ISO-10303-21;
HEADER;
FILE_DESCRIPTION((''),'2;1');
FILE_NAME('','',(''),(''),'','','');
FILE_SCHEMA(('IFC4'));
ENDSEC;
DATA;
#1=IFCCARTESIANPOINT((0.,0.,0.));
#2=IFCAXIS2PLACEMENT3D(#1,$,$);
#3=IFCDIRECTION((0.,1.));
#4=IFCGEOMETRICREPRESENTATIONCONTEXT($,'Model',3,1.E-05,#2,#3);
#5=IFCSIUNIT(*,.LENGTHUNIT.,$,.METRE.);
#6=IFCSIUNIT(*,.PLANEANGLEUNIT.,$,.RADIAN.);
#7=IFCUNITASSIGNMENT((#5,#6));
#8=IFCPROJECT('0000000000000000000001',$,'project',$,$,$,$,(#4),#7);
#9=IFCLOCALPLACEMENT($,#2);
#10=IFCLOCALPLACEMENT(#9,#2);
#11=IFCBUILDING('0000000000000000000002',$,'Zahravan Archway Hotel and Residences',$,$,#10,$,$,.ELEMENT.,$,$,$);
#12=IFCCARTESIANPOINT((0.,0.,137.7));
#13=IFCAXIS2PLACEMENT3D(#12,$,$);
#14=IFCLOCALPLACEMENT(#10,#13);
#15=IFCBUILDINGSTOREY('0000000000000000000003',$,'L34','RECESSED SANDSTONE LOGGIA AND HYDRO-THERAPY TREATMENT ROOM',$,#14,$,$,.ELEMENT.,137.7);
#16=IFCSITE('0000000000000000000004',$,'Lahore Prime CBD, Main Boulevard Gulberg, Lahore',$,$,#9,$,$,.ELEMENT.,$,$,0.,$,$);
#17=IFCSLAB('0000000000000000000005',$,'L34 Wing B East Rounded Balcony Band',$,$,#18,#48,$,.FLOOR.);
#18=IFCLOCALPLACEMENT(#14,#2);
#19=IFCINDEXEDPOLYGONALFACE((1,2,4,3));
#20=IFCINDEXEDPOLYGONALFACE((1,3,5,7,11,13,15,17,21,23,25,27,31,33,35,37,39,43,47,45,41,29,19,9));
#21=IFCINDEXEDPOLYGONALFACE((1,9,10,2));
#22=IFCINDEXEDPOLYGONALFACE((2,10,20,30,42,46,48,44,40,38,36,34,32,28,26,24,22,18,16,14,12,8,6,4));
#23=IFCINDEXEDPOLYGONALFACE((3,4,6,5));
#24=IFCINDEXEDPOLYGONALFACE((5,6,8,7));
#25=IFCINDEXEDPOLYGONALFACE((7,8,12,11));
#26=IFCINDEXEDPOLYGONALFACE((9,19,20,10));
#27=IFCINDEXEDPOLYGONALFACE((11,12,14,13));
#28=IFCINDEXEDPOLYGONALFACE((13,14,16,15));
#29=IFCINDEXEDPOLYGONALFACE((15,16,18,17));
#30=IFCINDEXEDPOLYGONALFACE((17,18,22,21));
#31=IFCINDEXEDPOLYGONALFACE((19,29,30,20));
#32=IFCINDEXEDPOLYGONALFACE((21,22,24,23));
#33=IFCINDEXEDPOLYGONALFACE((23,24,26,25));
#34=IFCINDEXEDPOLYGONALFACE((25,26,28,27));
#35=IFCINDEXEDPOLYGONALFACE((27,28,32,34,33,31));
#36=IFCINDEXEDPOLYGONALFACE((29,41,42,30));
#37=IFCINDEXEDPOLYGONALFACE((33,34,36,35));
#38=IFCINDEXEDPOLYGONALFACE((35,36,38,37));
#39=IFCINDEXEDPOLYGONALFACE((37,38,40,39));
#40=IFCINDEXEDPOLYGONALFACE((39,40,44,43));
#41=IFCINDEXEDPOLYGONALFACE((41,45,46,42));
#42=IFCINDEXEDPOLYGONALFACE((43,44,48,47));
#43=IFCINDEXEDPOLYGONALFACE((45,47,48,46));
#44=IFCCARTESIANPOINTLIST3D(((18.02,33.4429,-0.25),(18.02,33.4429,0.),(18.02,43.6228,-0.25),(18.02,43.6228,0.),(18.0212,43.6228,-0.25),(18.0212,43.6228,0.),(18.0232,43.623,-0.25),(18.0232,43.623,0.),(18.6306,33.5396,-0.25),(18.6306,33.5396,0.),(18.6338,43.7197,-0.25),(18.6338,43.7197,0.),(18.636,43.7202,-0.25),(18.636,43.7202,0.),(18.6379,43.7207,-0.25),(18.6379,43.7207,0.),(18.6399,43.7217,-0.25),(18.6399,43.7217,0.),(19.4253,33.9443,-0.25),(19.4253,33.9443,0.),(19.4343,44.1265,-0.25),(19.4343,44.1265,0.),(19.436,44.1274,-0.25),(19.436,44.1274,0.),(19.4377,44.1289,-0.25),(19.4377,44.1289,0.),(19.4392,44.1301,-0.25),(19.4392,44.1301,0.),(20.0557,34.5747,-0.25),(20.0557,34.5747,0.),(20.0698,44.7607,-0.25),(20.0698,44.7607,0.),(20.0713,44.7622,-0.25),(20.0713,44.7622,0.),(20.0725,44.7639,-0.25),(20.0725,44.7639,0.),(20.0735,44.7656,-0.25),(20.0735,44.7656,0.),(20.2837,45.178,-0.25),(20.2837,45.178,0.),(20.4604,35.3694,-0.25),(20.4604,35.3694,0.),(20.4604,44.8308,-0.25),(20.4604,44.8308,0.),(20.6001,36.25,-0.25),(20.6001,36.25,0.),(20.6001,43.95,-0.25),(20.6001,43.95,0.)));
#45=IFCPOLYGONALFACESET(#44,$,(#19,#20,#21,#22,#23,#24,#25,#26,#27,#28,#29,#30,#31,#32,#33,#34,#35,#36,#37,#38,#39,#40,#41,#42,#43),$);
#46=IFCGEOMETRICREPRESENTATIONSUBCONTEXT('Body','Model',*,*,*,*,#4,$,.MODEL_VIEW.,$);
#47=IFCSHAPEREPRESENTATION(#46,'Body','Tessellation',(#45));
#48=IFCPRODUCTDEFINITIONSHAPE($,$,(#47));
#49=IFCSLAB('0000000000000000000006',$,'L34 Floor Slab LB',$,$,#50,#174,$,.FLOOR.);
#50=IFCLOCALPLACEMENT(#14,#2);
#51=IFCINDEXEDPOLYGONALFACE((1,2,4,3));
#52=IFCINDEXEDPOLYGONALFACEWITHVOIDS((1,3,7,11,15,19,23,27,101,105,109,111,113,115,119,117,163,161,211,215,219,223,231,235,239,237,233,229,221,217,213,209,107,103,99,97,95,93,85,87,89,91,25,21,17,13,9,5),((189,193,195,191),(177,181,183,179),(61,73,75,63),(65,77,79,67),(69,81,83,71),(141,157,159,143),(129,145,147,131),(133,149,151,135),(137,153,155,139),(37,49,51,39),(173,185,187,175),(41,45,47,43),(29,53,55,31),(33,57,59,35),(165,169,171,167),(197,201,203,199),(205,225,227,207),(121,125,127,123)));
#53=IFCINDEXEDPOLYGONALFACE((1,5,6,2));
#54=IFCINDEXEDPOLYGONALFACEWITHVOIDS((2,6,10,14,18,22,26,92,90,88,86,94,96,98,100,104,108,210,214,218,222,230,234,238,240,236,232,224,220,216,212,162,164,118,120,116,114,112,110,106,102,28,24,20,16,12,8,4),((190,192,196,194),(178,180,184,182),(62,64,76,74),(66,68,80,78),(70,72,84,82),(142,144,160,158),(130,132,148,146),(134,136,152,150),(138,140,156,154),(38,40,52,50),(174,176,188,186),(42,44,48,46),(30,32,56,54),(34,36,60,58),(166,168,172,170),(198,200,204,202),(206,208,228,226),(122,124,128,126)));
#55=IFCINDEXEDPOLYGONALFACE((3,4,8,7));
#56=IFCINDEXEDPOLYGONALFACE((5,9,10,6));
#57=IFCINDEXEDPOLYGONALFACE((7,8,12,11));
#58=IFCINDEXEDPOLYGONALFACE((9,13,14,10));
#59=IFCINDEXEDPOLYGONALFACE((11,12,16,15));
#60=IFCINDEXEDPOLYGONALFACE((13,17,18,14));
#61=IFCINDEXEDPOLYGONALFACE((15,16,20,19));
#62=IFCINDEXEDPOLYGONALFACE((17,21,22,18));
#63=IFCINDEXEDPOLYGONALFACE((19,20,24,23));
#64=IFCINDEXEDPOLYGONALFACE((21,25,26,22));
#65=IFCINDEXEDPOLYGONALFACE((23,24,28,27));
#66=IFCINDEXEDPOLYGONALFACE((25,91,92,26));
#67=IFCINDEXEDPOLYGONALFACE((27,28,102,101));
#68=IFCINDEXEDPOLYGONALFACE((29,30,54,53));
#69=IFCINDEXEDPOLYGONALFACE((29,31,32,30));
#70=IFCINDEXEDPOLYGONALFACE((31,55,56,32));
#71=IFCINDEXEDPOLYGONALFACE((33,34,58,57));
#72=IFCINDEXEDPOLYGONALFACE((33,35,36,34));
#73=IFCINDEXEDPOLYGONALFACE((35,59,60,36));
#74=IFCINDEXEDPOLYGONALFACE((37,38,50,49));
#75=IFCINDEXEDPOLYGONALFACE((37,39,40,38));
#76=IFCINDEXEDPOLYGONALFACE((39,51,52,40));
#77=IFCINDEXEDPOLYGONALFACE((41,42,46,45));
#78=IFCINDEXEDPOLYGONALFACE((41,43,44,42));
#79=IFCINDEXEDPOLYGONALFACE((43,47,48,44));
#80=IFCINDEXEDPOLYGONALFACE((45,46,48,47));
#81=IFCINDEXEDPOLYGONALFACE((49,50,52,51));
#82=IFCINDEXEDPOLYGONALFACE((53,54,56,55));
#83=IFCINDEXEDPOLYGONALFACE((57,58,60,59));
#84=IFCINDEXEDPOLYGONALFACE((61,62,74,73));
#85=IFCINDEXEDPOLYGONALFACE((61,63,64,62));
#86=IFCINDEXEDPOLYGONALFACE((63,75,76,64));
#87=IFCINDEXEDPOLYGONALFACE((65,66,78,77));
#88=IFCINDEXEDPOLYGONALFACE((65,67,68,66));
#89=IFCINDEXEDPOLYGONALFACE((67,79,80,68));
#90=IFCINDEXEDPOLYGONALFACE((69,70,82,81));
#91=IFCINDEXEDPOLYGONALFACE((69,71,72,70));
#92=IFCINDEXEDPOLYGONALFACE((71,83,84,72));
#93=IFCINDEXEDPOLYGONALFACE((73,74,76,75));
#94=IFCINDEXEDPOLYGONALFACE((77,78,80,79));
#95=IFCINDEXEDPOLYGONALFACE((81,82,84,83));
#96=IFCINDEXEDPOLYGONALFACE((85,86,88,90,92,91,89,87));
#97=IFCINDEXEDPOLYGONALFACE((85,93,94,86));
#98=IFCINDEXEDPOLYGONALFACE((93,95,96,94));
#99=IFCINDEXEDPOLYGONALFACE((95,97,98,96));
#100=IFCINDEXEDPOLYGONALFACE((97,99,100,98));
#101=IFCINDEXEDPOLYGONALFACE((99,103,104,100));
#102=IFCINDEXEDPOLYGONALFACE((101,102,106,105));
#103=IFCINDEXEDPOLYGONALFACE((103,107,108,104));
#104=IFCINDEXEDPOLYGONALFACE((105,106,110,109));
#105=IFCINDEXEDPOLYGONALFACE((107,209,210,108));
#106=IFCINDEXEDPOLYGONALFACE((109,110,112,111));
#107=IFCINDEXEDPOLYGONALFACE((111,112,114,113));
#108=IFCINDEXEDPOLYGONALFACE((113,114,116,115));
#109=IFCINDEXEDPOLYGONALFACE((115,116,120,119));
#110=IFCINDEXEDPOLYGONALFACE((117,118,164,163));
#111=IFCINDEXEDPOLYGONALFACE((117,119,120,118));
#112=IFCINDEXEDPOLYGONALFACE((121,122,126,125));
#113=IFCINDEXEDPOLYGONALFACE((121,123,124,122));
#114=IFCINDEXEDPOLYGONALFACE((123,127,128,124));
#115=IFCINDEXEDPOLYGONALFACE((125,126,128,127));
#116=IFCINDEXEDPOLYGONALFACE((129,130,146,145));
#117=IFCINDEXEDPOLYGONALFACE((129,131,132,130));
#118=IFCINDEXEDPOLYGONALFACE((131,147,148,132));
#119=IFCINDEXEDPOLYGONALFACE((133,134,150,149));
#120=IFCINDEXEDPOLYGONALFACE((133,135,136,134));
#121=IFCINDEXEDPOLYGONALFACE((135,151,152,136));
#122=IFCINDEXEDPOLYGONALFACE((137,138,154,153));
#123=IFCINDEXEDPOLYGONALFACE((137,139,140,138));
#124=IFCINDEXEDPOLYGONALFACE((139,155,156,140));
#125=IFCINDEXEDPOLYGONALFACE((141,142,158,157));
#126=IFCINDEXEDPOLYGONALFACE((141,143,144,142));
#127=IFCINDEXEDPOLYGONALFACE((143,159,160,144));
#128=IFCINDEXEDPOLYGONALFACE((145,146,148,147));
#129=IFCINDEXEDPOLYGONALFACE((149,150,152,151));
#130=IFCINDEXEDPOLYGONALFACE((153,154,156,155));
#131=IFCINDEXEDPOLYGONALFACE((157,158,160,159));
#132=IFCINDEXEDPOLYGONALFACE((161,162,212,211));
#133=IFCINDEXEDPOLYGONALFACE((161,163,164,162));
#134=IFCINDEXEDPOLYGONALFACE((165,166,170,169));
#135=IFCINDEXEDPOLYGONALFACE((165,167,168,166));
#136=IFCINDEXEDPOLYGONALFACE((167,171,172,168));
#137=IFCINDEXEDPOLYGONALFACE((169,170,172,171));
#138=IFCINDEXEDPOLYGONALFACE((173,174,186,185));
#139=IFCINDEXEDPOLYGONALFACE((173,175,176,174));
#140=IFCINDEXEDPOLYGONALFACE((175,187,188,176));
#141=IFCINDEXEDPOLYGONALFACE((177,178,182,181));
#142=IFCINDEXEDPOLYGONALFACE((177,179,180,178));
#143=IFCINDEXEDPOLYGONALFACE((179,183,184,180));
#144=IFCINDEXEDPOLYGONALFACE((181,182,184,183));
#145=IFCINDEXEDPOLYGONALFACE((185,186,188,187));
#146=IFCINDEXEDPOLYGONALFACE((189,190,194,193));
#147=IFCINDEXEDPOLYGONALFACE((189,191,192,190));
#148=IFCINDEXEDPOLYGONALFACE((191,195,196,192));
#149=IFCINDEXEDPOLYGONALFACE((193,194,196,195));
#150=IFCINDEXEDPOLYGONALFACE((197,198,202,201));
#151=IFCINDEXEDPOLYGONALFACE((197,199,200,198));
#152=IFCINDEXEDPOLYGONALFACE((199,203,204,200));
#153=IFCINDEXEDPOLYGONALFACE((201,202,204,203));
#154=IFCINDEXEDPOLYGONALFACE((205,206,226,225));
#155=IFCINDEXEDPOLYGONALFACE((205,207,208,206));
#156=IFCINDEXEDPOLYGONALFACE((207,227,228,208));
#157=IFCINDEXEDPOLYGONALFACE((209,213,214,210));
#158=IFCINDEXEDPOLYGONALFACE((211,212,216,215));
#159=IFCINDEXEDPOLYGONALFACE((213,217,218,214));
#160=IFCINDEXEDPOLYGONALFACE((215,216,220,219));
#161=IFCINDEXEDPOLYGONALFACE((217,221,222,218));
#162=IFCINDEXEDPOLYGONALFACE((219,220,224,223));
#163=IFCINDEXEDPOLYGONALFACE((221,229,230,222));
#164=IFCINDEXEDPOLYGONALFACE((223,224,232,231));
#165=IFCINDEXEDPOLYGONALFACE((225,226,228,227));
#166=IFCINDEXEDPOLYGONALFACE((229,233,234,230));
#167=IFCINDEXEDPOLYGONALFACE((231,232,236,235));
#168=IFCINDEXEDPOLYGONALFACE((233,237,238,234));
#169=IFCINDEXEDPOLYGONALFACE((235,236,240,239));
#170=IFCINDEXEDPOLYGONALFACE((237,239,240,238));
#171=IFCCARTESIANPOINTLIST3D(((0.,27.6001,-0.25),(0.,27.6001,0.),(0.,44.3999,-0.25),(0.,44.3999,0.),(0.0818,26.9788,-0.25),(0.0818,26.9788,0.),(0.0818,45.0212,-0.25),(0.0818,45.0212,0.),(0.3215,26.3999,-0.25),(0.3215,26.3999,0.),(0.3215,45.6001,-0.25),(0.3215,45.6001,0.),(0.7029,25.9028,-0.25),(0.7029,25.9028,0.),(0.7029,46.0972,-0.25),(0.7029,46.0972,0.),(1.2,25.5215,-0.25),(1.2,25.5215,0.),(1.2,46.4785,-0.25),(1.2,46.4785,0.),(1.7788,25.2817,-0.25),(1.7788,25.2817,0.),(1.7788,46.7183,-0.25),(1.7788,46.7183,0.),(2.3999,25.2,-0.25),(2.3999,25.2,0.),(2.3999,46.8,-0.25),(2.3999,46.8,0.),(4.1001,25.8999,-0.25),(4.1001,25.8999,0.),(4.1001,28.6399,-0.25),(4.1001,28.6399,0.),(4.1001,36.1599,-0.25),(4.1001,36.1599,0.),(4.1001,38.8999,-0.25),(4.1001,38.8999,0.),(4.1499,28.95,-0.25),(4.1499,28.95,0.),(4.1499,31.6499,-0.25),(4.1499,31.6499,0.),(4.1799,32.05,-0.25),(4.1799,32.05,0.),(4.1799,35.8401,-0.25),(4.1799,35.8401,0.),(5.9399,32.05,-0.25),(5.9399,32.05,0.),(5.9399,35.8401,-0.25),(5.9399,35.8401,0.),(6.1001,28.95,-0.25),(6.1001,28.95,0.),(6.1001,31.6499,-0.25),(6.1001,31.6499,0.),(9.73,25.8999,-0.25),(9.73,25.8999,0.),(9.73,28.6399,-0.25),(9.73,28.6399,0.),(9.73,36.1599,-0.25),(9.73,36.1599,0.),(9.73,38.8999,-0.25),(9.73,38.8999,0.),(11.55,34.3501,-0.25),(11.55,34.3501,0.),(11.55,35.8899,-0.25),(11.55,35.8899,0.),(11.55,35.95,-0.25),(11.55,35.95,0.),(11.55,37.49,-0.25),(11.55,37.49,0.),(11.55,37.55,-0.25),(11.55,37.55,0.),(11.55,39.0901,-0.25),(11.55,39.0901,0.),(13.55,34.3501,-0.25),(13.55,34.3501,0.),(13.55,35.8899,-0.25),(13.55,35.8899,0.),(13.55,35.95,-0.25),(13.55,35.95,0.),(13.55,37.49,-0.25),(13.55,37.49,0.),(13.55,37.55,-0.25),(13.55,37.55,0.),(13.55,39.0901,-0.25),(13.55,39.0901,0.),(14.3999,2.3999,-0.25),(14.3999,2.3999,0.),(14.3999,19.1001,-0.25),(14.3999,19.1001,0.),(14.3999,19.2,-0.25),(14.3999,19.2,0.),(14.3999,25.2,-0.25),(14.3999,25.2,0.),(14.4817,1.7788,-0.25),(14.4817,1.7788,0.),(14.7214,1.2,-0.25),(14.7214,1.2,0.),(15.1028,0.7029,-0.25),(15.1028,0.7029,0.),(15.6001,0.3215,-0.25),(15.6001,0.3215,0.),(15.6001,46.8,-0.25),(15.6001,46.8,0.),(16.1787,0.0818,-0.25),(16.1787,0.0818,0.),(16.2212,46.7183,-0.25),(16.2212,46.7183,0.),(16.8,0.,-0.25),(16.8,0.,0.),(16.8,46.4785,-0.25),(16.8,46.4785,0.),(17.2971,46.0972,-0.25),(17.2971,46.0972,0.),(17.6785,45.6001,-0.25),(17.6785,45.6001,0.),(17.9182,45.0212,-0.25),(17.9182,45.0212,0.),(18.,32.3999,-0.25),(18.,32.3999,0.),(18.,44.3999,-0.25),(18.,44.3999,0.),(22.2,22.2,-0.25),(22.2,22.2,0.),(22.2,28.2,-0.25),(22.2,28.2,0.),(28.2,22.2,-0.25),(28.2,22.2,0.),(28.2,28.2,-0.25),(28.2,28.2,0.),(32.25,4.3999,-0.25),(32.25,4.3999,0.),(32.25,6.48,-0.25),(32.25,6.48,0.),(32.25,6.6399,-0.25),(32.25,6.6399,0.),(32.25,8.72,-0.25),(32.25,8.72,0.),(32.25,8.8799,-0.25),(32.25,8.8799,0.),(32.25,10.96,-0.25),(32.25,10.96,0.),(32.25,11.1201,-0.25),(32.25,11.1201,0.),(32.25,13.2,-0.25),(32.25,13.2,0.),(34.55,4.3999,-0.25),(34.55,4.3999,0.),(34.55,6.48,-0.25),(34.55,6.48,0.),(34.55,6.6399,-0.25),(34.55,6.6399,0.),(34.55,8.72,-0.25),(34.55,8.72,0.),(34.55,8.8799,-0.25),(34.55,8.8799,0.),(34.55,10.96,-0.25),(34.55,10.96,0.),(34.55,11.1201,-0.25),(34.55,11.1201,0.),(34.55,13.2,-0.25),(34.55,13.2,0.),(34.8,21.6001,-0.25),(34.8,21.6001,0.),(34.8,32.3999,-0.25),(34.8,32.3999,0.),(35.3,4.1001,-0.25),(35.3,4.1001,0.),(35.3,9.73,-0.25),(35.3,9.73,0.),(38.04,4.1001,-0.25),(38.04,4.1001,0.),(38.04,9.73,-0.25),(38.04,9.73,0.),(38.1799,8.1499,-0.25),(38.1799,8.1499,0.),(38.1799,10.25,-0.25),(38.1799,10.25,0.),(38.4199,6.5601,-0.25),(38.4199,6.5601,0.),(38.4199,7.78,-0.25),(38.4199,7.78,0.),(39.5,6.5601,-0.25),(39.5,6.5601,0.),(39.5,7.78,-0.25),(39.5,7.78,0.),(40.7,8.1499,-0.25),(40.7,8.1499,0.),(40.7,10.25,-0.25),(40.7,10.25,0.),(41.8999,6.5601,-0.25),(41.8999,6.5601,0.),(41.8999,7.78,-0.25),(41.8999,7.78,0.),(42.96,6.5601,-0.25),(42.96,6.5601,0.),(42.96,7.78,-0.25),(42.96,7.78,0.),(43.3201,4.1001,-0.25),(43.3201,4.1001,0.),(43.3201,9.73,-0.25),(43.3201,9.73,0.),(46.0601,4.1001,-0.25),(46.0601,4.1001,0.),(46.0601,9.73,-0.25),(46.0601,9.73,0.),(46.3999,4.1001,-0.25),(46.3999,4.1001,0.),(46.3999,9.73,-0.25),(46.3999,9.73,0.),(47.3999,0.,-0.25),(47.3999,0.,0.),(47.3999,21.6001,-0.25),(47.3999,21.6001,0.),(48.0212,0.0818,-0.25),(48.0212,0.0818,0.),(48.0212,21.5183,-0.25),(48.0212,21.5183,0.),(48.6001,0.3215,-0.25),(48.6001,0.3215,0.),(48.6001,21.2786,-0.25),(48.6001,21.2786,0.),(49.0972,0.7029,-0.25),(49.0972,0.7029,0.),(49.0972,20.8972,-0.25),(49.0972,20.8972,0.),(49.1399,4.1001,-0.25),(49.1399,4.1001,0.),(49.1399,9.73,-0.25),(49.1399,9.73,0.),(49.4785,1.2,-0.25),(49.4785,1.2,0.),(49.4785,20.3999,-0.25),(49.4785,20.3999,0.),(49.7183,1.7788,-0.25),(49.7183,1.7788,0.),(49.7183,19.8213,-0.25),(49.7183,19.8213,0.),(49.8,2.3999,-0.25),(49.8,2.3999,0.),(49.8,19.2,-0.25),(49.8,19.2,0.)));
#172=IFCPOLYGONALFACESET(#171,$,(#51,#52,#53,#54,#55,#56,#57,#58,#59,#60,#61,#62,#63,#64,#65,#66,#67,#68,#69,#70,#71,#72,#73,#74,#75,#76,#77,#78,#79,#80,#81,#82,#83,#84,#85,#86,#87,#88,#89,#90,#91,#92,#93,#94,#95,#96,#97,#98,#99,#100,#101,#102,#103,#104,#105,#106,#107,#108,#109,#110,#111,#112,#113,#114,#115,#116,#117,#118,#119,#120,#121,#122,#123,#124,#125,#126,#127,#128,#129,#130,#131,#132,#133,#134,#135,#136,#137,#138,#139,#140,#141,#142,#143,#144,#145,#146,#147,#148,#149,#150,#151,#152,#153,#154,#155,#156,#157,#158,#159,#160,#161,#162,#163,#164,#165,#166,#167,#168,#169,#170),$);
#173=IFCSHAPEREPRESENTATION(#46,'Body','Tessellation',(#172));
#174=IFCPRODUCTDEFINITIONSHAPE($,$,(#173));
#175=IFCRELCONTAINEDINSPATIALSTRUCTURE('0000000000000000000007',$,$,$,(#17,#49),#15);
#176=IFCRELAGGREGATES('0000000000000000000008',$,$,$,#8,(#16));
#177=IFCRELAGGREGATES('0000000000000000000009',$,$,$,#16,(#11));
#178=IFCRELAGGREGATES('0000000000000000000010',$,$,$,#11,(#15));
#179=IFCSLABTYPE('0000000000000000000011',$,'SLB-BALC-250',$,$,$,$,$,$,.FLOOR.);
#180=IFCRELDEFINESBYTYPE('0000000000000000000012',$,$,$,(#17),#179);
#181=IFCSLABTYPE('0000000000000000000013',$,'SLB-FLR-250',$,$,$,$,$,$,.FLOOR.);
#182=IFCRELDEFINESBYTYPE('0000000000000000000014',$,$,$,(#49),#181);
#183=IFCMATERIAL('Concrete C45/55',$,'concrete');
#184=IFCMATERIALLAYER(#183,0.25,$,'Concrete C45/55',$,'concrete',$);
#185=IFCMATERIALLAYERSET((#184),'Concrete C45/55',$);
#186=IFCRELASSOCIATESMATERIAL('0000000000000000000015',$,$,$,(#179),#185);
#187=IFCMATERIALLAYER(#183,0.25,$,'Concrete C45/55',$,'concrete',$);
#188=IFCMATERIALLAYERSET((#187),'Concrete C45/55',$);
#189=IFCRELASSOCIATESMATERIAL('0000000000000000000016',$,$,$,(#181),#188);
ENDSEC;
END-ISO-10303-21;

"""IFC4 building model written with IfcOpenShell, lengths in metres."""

from ifc_helpers import new_model, si_unit, direction, frame, origin, place, context, subcontext, project, spatial, polyline, outline, extrude, material, layer, layer_set, type_object, element, save


model = new_model("IFC4")

# Units and contexts
model_context = context("Model", 3, precision=1e-05, world=origin(), true_north=direction((0.0, 1.0)))
body_context = subcontext(model_context, "Body", "Model", "MODEL_VIEW")
ifc_project = project(units=[si_unit("LENGTHUNIT", "METRE"), si_unit("PLANEANGLEUNIT", "RADIAN")], contexts=[model_context])

# Site, building, storey
site_placement = place(None, origin())
site = spatial("IfcSite", under=ifc_project, at=site_placement, Name="Lahore Prime CBD, Main Boulevard Gulberg, Lahore", CompositionType="ELEMENT", RefElevation=0.0)
building_placement = place(site_placement, origin())
building = spatial("IfcBuilding", under=site, at=building_placement, Name="Zahravan Archway Hotel and Residences", CompositionType="ELEMENT")
storey_placement = place(building_placement, frame((0.0, 0.0, 137.7)))
storey = spatial("IfcBuildingStorey", under=building, at=storey_placement, Name="L34", Description="RECESSED SANDSTONE LOGGIA AND HYDRO-THERAPY TREATMENT ROOM", CompositionType="ELEMENT", Elevation=137.7)

# Slabs
ifc_material_1 = material(Name="Concrete C45/55", Category="concrete")
ifc_layer_1 = layer(ifc_material_1, 0.25, Name="Concrete C45/55", Category="concrete")
ifc_layer_set_1 = layer_set([ifc_layer_1], Name="Concrete C45/55")
slab_type_1 = type_object("IfcSlabType", Name="SLB-BALC-250", PredefinedType="FLOOR", material=ifc_layer_set_1)
slab_1_placement = place(storey_placement, frame((0.0, 0.0, -0.25)))
element("IfcSlab", 1, at=slab_1_placement, inside=storey, type_object=slab_type_1, Name="L34 Wing B East Rounded Balcony Band", PredefinedType="FLOOR", context=body_context, shape_type="SweptSolid", body=[
    extrude(outline(polyline([(20.4604, 44.8308), (20.6001, 43.95), (20.6001, 36.25), (20.4604, 35.3694), (20.0557, 34.5747), (19.4253, 33.9443), (18.6306, 33.5396), (18.02, 33.4429), (18.02, 43.6228), (18.0212, 43.6228), (18.0232, 43.623), (18.6338, 43.7197), (18.636, 43.7202), (18.6379, 43.7207), (18.6399, 43.7217), (19.4343, 44.1265), (19.436, 44.1274), (19.4377, 44.1289), (19.4392, 44.1301), (20.0698, 44.7607), (20.0713, 44.7622), (20.0725, 44.7639), (20.0735, 44.7656), (20.2837, 45.178), (20.4604, 44.8308)])), origin(), (0.0, 0.0, 1.0), 0.25),
])
ifc_layer_2 = layer(ifc_material_1, 0.25, Name="Concrete C45/55", Category="concrete")
ifc_layer_set_2 = layer_set([ifc_layer_2], Name="Concrete C45/55")
slab_type_2 = type_object("IfcSlabType", Name="SLB-FLR-250", PredefinedType="FLOOR", material=ifc_layer_set_2)
slab_2_placement = place(storey_placement, frame((0.0, 0.0, -0.25)))
element("IfcSlab", 2, at=slab_2_placement, inside=storey, type_object=slab_type_2, Name="L34 Floor Slab LB", PredefinedType="FLOOR", context=body_context, shape_type="SweptSolid", body=[
    extrude(outline(polyline([(34.8, 21.6001), (34.8, 32.3999), (18.0, 32.3999), (18.0, 44.3999), (17.9182, 45.0212), (17.6785, 45.6001), (17.2971, 46.0972), (16.8, 46.4785), (16.2212, 46.7183), (15.6001, 46.8), (2.3999, 46.8), (1.7788, 46.7183), (1.2, 46.4785), (0.7029, 46.0972), (0.3215, 45.6001), (0.0818, 45.0212), (0.0, 44.3999), (0.0, 27.6001), (0.0818, 26.9788), (0.3215, 26.3999), (0.7029, 25.9028), (1.2, 25.5215), (1.7788, 25.2817), (2.3999, 25.2), (14.3999, 25.2), (14.3999, 19.2), (14.3999, 19.1001), (14.3999, 2.3999), (14.4817, 1.7788), (14.7214, 1.2), (15.1028, 0.7029), (15.6001, 0.3215), (16.1787, 0.0818), (16.8, 0.0), (47.3999, 0.0), (48.0212, 0.0818), (48.6001, 0.3215), (49.0972, 0.7029), (49.4785, 1.2), (49.7183, 1.7788), (49.8, 2.3999), (49.8, 19.2), (49.7183, 19.8213), (49.4785, 20.3999), (49.0972, 20.8972), (48.6001, 21.2786), (48.0212, 21.5183), (47.3999, 21.6001), (34.8, 21.6001)]), holes=[polyline([(35.3, 9.73), (35.3, 4.1001), (38.04, 4.1001), (38.04, 9.73), (35.3, 9.73)]), polyline([(43.3201, 9.73), (43.3201, 4.1001), (46.0601, 4.1001), (46.0601, 9.73), (43.3201, 9.73)]), polyline([(46.3999, 9.73), (46.3999, 4.1001), (49.1399, 4.1001), (49.1399, 9.73), (46.3999, 9.73)]), polyline([(9.73, 28.6399), (4.1001, 28.6399), (4.1001, 25.8999), (9.73, 25.8999), (9.73, 28.6399)]), polyline([(9.73, 38.8999), (4.1001, 38.8999), (4.1001, 36.1599), (9.73, 36.1599), (9.73, 38.8999)]), polyline([(38.1799, 8.1499), (40.7, 8.1499), (40.7, 10.25), (38.1799, 10.25), (38.1799, 8.1499)]), polyline([(4.1499, 28.95), (6.1001, 28.95), (6.1001, 31.6499), (4.1499, 31.6499), (4.1499, 28.95)]), polyline([(11.55, 34.3501), (13.55, 34.3501), (13.55, 35.8899), (11.55, 35.8899), (11.55, 34.3501)]), polyline([(11.55, 35.95), (13.55, 35.95), (13.55, 37.49), (11.55, 37.49), (11.55, 35.95)]), polyline([(11.55, 37.55), (13.55, 37.55), (13.55, 39.0901), (11.55, 39.0901), (11.55, 37.55)]), polyline([(32.25, 4.3999), (34.55, 4.3999), (34.55, 6.48), (32.25, 6.48), (32.25, 4.3999)]), polyline([(32.25, 6.6399), (34.55, 6.6399), (34.55, 8.72), (32.25, 8.72), (32.25, 6.6399)]), polyline([(32.25, 8.8799), (34.55, 8.8799), (34.55, 10.96), (32.25, 10.96), (32.25, 8.8799)]), polyline([(32.25, 11.1201), (34.55, 11.1201), (34.55, 13.2), (32.25, 13.2), (32.25, 11.1201)]), polyline([(22.2, 22.2), (28.2, 22.2), (28.2, 28.2), (22.2, 28.2), (22.2, 22.2)]), polyline([(38.4199, 6.5601), (39.5, 6.5601), (39.5, 7.78), (38.4199, 7.78), (38.4199, 6.5601)]), polyline([(41.8999, 6.5601), (42.96, 6.5601), (42.96, 7.78), (41.8999, 7.78), (41.8999, 6.5601)]), polyline([(4.1799, 32.05), (5.9399, 32.05), (5.9399, 35.8401), (4.1799, 35.8401), (4.1799, 32.05)])]), origin(), (0.0, 0.0, 1.0), 0.25),
])

save(model, "model.ifc")
